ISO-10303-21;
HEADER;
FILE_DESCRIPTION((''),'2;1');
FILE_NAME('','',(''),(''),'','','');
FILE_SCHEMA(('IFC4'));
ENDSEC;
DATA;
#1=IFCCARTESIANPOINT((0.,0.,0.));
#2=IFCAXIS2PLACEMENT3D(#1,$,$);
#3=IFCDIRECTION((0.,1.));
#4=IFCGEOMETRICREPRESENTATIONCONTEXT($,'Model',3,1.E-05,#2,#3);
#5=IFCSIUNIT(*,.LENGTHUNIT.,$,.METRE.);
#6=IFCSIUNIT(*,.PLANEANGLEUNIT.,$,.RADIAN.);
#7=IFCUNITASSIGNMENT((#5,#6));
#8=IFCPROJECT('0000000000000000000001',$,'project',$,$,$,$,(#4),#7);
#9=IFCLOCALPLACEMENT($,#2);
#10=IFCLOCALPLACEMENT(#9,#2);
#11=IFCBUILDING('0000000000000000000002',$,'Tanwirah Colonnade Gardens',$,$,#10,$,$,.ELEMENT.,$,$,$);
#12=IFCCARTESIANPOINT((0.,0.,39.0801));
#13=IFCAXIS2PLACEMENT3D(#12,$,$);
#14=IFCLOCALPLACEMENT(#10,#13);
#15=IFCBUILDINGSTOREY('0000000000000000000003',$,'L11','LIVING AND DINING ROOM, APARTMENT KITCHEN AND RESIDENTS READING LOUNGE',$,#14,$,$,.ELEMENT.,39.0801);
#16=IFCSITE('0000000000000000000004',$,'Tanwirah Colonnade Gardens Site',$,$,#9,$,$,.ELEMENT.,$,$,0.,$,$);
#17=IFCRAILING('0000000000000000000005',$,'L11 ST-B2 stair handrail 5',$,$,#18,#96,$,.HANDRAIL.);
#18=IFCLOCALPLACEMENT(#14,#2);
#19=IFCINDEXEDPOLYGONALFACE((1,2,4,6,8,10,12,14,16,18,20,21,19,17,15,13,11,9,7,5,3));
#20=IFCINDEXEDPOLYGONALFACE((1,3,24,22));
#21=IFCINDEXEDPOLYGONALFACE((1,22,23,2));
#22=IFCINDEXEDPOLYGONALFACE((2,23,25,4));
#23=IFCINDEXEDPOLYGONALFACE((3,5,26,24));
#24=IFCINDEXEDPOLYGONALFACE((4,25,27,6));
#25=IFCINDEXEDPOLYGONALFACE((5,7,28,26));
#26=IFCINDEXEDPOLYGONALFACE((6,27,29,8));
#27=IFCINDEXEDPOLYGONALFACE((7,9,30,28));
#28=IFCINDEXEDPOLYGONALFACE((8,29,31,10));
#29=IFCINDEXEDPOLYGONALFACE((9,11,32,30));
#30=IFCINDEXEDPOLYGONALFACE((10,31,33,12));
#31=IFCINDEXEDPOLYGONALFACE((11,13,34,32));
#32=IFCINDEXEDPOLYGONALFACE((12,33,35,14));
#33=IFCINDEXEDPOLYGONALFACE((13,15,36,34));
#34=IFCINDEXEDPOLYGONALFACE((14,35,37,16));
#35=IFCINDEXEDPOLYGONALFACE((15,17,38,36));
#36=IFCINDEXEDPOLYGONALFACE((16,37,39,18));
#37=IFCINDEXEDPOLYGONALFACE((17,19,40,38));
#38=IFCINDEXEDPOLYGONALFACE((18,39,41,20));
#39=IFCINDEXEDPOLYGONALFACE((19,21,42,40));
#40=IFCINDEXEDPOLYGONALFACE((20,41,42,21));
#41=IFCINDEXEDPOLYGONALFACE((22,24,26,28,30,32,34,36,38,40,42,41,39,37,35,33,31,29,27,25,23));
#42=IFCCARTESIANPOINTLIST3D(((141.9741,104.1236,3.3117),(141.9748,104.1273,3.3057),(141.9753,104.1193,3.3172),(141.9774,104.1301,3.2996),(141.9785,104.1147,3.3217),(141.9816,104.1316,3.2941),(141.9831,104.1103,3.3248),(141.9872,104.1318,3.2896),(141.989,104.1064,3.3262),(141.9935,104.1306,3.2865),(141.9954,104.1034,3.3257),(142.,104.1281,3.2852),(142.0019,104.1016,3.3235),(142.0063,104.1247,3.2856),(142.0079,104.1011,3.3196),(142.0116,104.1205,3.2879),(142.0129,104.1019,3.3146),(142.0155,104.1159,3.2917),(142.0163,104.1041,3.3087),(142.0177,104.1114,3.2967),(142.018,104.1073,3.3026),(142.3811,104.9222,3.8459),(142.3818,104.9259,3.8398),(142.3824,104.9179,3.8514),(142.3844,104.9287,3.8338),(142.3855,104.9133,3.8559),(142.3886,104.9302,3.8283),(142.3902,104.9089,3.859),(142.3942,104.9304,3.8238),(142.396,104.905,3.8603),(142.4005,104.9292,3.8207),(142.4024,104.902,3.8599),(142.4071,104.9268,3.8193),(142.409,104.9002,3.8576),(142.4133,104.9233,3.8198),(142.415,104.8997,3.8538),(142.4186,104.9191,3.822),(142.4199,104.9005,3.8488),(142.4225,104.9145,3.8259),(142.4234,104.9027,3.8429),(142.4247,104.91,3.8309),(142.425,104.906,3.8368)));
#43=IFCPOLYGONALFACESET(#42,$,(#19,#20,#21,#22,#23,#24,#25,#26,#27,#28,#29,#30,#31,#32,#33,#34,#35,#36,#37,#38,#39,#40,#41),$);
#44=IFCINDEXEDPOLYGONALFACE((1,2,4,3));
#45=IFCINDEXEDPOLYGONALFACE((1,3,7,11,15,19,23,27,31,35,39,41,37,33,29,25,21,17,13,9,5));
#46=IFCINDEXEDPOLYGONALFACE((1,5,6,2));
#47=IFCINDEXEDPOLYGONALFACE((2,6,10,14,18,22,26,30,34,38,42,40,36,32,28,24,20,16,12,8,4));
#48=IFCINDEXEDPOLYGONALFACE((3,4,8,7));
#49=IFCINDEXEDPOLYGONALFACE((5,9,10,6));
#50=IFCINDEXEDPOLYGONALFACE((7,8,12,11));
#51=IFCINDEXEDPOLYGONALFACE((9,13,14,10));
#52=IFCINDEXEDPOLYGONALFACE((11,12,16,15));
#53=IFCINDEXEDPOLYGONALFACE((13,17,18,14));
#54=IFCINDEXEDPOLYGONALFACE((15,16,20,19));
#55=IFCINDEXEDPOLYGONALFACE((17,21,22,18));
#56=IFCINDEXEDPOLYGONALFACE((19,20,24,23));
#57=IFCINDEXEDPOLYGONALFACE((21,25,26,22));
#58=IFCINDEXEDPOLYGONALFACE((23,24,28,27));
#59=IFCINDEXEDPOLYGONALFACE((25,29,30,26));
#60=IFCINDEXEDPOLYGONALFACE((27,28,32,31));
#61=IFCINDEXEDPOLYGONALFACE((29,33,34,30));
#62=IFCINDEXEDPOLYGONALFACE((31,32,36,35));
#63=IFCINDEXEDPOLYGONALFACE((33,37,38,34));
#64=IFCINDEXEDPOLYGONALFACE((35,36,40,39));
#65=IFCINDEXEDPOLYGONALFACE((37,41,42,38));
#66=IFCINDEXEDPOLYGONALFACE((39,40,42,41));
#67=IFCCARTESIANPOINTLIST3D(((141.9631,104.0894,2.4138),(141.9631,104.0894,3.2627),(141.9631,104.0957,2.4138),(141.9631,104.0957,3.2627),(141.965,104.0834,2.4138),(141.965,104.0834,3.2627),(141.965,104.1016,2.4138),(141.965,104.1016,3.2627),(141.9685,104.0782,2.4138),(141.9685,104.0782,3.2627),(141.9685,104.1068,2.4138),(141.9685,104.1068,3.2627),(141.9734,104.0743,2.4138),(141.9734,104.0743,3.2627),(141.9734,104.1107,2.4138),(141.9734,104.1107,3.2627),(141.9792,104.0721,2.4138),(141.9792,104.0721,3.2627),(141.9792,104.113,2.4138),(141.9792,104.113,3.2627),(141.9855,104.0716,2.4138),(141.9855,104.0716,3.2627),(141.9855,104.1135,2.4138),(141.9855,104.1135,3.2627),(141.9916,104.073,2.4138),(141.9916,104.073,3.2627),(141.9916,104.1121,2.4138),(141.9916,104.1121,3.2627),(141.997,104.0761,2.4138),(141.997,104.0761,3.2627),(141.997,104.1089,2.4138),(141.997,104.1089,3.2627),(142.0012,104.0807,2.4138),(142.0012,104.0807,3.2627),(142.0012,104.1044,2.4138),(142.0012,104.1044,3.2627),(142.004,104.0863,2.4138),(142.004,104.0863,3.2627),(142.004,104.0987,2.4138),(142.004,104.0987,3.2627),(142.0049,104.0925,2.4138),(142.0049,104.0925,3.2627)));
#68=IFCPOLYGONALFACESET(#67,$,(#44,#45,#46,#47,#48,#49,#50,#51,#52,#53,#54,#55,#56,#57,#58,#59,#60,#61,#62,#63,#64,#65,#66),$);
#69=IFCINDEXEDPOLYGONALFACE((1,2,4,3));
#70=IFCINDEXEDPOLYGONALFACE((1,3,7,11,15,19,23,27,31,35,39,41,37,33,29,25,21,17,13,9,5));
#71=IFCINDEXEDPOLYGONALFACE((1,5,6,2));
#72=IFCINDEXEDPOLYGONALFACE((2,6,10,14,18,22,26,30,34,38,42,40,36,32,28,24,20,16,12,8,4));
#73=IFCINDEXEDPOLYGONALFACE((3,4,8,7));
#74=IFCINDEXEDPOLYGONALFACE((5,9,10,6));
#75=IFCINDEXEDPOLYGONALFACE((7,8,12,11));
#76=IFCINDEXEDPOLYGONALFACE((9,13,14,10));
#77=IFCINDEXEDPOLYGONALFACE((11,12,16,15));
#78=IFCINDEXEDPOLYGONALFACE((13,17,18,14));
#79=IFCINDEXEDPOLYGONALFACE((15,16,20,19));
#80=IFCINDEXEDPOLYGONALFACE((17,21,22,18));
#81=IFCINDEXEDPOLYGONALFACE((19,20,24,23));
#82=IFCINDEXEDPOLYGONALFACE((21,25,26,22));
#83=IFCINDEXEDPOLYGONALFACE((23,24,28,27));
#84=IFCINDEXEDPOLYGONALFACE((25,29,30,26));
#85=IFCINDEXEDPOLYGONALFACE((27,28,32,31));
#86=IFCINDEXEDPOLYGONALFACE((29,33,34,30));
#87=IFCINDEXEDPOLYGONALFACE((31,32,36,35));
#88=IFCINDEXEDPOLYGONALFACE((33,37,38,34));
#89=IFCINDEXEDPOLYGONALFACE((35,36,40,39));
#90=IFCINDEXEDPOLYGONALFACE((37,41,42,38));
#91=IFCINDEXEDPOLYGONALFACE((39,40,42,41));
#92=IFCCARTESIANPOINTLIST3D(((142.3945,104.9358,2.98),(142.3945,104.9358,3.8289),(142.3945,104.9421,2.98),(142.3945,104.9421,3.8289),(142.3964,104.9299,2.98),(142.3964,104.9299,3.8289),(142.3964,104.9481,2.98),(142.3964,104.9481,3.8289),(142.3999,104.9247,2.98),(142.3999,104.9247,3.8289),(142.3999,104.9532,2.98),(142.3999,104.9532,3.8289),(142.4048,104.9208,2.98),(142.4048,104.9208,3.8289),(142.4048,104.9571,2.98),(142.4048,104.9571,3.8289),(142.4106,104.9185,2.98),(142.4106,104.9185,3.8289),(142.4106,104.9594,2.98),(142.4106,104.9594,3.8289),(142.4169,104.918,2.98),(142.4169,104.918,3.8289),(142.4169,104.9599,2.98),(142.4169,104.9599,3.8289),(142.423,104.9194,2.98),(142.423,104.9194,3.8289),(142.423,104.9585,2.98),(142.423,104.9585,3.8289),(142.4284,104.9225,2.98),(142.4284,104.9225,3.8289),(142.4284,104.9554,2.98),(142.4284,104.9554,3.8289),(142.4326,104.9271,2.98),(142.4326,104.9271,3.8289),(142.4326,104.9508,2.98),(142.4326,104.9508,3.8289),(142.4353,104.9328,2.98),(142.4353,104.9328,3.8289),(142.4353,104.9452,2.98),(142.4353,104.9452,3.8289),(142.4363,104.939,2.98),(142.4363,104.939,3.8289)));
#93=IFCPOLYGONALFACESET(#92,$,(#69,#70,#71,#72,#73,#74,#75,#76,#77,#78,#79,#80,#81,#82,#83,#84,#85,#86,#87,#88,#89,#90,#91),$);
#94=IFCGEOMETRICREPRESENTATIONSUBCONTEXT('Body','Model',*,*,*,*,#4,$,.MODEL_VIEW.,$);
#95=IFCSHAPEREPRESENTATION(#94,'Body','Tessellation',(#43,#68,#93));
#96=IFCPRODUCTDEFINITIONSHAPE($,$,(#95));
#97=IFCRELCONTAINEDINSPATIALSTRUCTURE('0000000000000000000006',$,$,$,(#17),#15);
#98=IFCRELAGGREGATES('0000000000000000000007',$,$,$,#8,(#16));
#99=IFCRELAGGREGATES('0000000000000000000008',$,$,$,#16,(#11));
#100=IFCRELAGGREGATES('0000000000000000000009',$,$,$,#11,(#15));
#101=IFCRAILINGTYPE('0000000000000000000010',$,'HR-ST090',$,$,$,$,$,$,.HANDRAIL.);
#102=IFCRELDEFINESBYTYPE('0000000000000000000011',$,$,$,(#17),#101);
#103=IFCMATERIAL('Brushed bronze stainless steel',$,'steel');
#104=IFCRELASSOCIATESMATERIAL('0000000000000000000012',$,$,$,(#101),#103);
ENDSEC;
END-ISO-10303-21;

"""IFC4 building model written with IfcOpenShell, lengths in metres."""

from ifc_helpers import new_model, si_unit, direction, frame, origin, origin_2d, place, context, subcontext, project, spatial, circle, extrude, material, type_object, element, save


model = new_model("IFC4")

# Units and contexts
model_context = context("Model", 3, precision=1e-05, world=origin(), true_north=direction((0.0, 1.0)))
body_context = subcontext(model_context, "Body", "Model", "MODEL_VIEW")
ifc_project = project(units=[si_unit("LENGTHUNIT", "METRE"), si_unit("PLANEANGLEUNIT", "RADIAN")], contexts=[model_context])

# Site, building, storey
site_placement = place(None, origin())
site = spatial("IfcSite", under=ifc_project, at=site_placement, Name="Tanwirah Colonnade Gardens Site", CompositionType="ELEMENT", RefElevation=0.0)
building_placement = place(site_placement, origin())
building = spatial("IfcBuilding", under=site, at=building_placement, Name="Tanwirah Colonnade Gardens", CompositionType="ELEMENT")
storey_placement = place(building_placement, frame((0.0, 0.0, 39.0801)))
storey = spatial("IfcBuildingStorey", under=building, at=storey_placement, Name="L11", Description="LIVING AND DINING ROOM, APARTMENT KITCHEN AND RESIDENTS READING LOUNGE", CompositionType="ELEMENT", Elevation=39.0801)

# Railing
ifc_material_1 = material(Name="Brushed bronze stainless steel", Category="steel")
railing_type_1 = type_object("IfcRailingType", Name="HR-ST090", PredefinedType="HANDRAIL", material=ifc_material_1)
railing_1_placement = place(storey_placement, frame((141.9839, 104.0925, 2.4138)))
element("IfcRailing", 1, at=railing_1_placement, inside=storey, type_object=railing_type_1, Name="L11 ST-B2 stair handrail 5", PredefinedType="HANDRAIL", context=body_context, shape_type="SweptSolid", body=[
    extrude(circle(Radius=0.0239, at=origin_2d()), frame((0.0122, 0.0239, 0.8918), z_axis=(0.390073, 0.765356, 0.51193), x_axis=(-0.890957, 0.454087, 0.0)), (0.0, 0.0, 1.0), 1.0435),
    extrude(circle(Radius=0.021, at=origin_2d()), origin(), (0.0, 0.0, 1.0), 0.8489),
    extrude(circle(Radius=0.021, at=origin_2d()), frame((0.4314, 0.8464, 0.5662)), (0.0, 0.0, 1.0), 0.8489),
])

save(model, "model.ifc")
